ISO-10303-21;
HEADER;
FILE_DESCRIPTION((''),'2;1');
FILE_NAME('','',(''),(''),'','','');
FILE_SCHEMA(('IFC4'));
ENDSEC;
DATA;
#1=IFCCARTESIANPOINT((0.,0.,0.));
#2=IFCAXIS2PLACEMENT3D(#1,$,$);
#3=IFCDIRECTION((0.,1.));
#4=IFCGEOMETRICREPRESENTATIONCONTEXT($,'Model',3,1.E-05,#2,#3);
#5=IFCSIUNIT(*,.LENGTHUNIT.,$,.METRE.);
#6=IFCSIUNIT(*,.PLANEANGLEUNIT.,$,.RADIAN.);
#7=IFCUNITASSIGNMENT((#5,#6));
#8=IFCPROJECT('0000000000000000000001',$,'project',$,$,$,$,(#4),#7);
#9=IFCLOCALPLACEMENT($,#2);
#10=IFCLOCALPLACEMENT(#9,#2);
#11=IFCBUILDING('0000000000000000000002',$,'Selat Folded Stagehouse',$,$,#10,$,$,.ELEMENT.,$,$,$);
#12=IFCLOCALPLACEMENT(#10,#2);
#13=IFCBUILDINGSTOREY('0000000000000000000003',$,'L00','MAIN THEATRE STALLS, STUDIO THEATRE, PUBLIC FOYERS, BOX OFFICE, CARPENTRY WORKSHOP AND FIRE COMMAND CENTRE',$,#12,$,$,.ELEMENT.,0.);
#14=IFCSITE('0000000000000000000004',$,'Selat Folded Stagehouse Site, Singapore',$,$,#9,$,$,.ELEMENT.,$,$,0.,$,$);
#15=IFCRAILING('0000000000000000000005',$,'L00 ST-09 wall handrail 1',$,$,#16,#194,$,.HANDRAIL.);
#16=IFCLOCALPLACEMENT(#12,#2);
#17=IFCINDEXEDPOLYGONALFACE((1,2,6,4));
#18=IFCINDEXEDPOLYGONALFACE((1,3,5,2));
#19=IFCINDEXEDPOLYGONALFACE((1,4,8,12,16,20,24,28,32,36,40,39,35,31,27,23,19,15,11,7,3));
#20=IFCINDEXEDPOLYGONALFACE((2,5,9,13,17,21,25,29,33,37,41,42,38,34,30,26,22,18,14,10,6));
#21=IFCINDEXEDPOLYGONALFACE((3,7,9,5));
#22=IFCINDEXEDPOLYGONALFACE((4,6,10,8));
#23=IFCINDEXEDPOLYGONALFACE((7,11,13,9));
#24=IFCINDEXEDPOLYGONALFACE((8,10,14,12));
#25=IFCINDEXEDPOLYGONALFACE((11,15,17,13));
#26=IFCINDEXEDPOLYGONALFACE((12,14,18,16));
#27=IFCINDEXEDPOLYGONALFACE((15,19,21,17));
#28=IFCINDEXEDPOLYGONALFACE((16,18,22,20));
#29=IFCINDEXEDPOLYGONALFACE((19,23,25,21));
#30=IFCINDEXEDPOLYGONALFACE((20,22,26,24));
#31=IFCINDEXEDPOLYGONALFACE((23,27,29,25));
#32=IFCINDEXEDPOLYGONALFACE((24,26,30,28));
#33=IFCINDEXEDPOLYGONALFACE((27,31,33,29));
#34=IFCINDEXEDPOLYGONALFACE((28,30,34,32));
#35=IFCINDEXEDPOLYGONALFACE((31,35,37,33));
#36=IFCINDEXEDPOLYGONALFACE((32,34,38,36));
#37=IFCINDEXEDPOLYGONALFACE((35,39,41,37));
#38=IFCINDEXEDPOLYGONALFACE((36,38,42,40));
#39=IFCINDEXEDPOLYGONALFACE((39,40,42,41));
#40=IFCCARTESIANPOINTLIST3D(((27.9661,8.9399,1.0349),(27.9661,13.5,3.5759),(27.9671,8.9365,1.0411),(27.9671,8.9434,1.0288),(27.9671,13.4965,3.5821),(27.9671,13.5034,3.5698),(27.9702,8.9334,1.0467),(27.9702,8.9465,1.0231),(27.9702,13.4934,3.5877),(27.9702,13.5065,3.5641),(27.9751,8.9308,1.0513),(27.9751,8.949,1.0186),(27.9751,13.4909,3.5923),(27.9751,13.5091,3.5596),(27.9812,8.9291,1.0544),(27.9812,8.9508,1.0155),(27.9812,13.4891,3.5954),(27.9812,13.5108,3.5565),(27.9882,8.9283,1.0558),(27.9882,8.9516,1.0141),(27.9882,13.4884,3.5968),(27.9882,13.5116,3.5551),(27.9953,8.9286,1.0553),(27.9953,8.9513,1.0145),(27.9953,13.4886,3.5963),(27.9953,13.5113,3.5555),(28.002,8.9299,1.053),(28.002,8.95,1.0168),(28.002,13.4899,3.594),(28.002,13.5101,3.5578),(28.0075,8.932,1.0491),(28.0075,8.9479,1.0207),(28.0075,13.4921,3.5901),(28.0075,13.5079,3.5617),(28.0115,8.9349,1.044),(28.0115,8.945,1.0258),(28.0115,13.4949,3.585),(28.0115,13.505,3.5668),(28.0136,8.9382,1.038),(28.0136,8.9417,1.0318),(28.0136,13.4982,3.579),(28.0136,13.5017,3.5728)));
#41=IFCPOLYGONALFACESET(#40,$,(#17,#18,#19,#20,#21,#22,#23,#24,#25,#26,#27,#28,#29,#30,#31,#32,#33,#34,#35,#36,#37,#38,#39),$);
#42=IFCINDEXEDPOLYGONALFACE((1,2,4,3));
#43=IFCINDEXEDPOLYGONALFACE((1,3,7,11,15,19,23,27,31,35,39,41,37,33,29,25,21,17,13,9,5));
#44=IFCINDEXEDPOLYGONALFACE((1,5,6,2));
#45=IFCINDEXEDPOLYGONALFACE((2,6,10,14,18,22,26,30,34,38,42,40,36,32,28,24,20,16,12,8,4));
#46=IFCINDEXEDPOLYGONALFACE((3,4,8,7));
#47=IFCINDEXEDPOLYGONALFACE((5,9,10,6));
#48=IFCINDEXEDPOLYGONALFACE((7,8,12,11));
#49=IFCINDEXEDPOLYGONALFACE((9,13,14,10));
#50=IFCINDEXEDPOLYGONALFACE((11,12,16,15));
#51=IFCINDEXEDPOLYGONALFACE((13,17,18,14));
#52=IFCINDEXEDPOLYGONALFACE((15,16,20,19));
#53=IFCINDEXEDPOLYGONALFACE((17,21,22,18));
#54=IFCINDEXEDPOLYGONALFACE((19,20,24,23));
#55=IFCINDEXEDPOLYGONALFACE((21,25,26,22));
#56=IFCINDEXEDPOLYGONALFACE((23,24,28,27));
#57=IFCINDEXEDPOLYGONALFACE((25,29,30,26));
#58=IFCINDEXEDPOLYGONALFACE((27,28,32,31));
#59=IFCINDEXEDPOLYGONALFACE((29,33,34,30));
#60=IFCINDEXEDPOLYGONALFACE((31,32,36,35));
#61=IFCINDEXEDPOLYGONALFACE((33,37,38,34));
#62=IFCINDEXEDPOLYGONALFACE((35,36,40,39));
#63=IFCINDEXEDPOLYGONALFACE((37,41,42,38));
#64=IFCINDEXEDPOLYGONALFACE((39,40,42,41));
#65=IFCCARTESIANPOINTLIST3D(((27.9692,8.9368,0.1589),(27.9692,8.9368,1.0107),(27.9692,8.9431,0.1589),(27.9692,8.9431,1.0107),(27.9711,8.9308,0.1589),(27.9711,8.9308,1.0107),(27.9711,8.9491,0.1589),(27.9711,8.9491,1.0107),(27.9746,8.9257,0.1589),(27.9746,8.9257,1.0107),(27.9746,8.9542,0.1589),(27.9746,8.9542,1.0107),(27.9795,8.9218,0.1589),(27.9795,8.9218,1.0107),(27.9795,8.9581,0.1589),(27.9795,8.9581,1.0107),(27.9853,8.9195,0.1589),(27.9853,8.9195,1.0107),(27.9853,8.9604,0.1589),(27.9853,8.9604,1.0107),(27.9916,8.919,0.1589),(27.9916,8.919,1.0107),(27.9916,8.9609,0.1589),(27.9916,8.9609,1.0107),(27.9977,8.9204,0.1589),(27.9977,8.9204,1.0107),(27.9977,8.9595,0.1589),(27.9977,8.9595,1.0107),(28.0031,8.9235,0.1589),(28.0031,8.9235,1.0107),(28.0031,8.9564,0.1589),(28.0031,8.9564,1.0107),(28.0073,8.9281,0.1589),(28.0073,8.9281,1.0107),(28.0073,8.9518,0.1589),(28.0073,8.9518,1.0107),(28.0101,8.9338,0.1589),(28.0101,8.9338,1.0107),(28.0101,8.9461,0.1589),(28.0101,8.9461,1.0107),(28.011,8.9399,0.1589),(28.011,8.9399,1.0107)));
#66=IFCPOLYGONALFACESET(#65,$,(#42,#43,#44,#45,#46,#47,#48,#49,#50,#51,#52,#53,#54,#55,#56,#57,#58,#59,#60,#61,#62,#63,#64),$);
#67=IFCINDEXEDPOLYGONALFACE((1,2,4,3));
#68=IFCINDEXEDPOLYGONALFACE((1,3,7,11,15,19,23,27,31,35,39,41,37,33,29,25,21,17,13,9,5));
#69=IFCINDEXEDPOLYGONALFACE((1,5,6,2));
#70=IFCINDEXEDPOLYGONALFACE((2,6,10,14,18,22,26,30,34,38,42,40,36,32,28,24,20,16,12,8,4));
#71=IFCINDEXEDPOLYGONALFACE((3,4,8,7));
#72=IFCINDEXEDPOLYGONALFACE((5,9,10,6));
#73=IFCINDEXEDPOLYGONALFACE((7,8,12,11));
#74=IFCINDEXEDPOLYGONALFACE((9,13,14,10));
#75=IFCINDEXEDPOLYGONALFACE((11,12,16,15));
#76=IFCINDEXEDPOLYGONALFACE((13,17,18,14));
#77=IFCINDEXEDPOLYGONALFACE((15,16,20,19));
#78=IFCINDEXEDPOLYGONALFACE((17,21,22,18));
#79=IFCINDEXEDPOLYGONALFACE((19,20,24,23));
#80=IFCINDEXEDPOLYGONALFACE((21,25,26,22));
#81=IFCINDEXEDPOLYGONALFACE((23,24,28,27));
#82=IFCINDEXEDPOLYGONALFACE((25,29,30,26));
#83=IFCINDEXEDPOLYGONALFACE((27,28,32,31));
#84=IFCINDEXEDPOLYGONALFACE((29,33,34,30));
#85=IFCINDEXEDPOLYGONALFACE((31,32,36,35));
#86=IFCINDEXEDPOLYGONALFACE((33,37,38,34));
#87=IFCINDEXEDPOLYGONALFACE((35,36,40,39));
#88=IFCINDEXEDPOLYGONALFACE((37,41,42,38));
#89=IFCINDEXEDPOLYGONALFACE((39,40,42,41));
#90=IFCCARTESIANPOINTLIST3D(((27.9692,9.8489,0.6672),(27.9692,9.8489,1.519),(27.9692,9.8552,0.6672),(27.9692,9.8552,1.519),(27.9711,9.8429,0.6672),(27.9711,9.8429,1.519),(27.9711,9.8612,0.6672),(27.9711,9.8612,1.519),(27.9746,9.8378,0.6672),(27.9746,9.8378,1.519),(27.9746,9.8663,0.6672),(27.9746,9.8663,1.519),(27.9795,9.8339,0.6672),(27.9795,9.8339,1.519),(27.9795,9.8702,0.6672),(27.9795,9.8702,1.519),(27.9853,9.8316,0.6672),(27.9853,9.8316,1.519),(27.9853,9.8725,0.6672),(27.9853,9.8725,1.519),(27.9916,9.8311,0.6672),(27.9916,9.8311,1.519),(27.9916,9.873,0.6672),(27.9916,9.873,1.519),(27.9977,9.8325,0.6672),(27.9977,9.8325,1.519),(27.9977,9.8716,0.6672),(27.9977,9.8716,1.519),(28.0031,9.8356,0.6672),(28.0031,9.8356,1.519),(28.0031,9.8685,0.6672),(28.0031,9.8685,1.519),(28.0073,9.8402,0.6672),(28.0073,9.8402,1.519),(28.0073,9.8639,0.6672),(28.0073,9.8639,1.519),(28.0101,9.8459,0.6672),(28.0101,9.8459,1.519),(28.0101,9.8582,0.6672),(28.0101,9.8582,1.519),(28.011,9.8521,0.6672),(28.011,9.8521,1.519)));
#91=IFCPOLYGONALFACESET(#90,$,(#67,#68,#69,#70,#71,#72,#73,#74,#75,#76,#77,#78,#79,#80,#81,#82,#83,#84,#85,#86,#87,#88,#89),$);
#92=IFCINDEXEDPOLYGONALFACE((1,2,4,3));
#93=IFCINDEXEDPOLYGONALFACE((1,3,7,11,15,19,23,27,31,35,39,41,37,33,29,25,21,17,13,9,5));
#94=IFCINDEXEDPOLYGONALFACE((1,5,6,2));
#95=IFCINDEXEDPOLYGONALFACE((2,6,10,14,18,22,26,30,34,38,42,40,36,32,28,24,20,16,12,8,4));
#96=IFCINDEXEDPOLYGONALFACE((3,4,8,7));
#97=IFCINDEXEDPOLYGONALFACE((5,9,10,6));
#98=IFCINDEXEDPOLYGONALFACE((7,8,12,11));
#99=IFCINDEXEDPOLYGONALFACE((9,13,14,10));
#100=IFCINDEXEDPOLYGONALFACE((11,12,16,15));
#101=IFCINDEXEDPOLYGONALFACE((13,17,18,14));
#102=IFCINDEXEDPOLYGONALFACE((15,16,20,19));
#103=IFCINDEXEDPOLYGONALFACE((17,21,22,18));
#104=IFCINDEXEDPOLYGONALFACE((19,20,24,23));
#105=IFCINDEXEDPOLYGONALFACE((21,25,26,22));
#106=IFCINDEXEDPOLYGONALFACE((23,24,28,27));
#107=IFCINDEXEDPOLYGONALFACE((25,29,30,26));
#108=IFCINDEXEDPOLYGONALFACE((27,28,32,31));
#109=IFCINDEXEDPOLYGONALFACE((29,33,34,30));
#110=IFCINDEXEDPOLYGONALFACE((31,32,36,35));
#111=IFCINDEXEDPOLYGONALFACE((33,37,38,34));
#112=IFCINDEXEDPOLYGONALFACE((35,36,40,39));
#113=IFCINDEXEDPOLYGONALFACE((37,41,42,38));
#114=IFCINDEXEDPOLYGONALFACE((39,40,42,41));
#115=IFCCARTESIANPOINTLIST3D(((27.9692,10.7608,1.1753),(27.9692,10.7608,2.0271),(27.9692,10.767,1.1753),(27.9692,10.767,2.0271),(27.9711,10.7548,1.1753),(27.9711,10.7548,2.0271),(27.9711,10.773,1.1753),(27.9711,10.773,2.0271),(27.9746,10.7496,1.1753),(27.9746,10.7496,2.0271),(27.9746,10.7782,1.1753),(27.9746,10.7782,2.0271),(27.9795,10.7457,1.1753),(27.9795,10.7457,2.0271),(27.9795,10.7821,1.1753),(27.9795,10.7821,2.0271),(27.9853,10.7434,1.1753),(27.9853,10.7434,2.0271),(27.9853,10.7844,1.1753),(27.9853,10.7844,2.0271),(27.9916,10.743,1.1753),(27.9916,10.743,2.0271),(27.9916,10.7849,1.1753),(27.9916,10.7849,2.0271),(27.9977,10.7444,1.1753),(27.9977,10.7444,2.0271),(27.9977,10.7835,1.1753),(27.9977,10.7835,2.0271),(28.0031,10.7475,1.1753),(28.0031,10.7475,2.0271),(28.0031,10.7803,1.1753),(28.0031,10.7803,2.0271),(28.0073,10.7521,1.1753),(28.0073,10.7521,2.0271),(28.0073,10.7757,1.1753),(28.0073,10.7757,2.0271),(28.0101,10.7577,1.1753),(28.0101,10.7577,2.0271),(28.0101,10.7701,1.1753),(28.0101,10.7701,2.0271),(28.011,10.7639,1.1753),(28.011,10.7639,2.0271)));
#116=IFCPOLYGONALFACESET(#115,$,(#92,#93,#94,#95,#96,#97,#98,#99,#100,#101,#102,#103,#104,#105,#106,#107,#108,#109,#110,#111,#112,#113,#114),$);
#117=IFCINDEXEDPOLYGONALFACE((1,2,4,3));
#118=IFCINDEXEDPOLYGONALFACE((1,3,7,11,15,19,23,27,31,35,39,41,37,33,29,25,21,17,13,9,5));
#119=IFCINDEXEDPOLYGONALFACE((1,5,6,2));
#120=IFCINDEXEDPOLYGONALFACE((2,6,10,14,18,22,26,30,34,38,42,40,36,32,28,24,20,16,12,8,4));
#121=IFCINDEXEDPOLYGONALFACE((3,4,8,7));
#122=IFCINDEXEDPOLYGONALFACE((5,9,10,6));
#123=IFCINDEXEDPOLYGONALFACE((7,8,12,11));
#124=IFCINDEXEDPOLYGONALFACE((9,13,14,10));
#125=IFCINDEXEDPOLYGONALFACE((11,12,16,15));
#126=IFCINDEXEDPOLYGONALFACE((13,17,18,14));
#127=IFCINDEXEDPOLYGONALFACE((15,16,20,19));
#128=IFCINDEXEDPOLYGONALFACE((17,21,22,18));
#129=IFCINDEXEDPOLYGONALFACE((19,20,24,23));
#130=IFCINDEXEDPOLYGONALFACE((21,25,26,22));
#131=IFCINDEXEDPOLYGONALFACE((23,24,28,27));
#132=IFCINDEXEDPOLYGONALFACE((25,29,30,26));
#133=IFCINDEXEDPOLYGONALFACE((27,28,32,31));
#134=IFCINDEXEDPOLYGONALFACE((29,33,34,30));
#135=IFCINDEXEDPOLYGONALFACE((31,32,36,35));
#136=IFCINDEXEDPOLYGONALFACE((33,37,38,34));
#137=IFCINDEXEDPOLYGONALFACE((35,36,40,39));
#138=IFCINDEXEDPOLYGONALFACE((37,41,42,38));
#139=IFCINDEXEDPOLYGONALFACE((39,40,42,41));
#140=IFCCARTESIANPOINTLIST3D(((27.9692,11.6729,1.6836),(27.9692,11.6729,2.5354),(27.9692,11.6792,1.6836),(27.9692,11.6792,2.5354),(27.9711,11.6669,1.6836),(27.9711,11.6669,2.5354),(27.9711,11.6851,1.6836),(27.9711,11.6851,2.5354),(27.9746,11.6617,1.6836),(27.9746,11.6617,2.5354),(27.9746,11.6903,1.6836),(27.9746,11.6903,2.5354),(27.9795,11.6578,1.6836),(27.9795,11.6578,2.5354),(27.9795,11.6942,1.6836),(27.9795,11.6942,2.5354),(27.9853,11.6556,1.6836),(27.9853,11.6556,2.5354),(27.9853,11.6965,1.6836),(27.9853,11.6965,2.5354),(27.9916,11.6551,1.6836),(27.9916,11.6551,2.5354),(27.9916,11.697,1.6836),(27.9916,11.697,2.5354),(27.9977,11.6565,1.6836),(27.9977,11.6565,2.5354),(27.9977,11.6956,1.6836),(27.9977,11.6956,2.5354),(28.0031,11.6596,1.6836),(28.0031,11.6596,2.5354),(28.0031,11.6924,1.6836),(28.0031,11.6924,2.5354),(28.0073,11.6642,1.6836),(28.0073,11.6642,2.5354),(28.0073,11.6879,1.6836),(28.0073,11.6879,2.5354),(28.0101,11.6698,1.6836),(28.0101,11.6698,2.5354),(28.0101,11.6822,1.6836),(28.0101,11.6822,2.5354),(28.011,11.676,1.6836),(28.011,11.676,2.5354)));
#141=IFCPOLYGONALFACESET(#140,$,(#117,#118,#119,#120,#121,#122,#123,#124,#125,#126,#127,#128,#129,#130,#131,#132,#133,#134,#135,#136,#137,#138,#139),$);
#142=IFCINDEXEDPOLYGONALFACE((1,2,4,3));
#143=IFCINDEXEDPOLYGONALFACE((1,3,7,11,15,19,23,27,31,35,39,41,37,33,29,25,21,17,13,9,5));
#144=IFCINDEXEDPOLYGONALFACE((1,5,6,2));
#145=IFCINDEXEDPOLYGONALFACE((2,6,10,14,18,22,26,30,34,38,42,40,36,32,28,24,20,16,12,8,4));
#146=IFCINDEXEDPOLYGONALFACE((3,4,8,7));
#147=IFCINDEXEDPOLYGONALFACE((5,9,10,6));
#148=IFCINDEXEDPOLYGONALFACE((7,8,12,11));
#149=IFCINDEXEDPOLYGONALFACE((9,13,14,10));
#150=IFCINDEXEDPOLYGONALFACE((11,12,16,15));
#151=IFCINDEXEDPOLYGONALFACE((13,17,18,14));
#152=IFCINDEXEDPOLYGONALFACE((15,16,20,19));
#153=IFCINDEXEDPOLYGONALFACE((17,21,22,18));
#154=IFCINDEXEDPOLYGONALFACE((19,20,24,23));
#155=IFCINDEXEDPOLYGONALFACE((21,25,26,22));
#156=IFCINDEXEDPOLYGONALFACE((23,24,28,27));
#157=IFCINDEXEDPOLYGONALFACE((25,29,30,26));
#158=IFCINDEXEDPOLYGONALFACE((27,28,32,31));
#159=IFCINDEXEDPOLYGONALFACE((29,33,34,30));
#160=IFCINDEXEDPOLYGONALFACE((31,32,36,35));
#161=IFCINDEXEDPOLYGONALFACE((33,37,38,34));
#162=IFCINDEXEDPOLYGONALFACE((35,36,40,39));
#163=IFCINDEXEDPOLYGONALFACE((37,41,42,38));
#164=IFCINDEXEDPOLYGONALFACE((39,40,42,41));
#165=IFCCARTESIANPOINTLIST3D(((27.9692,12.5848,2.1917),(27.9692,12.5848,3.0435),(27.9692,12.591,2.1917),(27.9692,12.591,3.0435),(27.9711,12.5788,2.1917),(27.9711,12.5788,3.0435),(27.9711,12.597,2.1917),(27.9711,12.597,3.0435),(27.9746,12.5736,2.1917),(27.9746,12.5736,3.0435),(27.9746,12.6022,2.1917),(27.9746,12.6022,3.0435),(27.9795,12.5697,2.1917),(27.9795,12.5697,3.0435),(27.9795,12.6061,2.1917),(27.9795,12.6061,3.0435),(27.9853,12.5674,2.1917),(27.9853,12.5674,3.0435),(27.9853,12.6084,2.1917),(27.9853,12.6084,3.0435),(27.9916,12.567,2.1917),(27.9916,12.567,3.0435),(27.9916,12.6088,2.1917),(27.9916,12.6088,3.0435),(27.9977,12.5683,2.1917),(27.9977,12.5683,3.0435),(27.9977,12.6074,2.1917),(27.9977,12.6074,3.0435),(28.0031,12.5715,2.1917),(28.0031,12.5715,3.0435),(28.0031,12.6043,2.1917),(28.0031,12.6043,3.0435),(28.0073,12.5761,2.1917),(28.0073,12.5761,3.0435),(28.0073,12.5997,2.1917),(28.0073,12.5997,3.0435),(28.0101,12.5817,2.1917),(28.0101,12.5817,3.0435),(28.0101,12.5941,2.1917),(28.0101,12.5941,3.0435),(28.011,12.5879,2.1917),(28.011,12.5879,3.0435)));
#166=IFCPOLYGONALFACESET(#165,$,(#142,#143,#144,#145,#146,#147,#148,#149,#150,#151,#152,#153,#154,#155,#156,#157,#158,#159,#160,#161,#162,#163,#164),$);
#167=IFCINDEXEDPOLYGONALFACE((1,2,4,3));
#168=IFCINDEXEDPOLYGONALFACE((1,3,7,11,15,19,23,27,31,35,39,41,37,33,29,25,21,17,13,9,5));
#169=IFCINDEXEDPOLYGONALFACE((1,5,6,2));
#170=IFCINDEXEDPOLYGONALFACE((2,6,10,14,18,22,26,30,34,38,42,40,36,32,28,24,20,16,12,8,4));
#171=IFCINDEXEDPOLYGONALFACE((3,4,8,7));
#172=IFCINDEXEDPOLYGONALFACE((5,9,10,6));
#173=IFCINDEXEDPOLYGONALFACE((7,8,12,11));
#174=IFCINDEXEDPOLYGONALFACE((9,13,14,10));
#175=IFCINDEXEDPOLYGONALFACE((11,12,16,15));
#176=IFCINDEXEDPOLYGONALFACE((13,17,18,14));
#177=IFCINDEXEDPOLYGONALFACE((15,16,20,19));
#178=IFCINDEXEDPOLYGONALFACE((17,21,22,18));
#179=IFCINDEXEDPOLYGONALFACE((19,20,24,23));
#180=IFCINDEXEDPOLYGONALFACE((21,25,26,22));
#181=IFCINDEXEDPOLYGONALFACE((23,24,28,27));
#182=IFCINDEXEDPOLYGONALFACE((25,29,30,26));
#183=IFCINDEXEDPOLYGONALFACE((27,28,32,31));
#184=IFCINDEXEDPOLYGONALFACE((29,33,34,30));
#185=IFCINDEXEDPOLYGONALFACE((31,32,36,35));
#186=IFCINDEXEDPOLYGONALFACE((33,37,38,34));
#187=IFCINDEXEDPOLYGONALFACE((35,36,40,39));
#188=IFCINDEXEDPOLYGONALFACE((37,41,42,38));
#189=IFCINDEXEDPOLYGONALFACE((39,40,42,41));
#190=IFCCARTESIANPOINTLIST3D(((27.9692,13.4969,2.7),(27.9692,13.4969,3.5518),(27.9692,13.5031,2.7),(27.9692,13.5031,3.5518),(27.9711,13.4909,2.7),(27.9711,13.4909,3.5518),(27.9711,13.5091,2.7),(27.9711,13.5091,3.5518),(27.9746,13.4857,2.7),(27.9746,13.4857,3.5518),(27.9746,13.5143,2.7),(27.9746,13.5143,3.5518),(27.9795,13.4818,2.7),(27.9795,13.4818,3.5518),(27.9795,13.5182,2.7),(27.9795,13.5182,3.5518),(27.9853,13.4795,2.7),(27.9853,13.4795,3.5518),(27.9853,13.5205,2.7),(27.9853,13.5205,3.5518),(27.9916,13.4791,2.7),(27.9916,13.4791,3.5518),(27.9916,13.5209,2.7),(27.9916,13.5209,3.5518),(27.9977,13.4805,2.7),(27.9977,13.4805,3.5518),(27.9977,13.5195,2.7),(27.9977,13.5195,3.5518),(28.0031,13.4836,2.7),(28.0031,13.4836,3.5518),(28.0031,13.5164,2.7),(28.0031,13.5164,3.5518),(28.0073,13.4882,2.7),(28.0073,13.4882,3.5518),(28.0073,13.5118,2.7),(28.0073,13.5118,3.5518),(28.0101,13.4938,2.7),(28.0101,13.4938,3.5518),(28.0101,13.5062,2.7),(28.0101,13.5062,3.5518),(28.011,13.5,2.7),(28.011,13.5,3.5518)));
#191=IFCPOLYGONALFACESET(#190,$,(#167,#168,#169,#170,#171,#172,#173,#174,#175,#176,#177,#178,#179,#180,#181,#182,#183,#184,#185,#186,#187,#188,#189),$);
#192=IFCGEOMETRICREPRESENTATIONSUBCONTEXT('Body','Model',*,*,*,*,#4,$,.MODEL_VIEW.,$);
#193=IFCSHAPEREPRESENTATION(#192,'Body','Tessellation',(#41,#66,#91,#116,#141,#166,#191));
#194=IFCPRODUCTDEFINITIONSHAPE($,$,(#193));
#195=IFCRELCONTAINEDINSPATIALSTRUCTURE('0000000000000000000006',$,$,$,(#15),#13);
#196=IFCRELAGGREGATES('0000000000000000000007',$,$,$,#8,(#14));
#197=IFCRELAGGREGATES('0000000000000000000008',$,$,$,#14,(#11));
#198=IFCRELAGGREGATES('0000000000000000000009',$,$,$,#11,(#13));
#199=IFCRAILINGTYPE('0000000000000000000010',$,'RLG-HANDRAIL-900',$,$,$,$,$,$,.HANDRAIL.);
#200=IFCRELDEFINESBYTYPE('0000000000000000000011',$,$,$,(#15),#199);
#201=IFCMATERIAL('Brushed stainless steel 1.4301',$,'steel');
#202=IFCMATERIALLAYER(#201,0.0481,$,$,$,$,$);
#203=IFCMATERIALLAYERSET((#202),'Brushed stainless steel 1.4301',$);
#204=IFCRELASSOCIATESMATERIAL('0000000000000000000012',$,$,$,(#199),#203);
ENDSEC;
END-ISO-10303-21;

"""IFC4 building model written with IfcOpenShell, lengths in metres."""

from ifc_helpers import new_model, si_unit, direction, frame, origin, origin_2d, place, context, subcontext, project, spatial, circle, extrude, material, layer, layer_set, type_object, element, save


model = new_model("IFC4")

# Units and contexts
model_context = context("Model", 3, precision=1e-05, world=origin(), true_north=direction((0.0, 1.0)))
body_context = subcontext(model_context, "Body", "Model", "MODEL_VIEW")
ifc_project = project(units=[si_unit("LENGTHUNIT", "METRE"), si_unit("PLANEANGLEUNIT", "RADIAN")], contexts=[model_context])

# Site, building, storey
site_placement = place(None, origin())
site = spatial("IfcSite", under=ifc_project, at=site_placement, Name="Selat Folded Stagehouse Site, Singapore", CompositionType="ELEMENT", RefElevation=0.0)
building_placement = place(site_placement, origin())
building = spatial("IfcBuilding", under=site, at=building_placement, Name="Selat Folded Stagehouse", CompositionType="ELEMENT")
storey_placement = place(building_placement, origin())
storey = spatial("IfcBuildingStorey", under=building, at=storey_placement, Name="L00", Description="MAIN THEATRE STALLS, STUDIO THEATRE, PUBLIC FOYERS, BOX OFFICE, CARPENTRY WORKSHOP AND FIRE COMMAND CENTRE", CompositionType="ELEMENT", Elevation=0.0)

# Railing
ifc_material_1 = material(Name="Brushed stainless steel 1.4301", Category="steel")
ifc_layer_1 = layer(ifc_material_1, 0.0481)
ifc_layer_set_1 = layer_set([ifc_layer_1], Name="Brushed stainless steel 1.4301")
railing_type_1 = type_object("IfcRailingType", Name="RLG-HANDRAIL-900", PredefinedType="HANDRAIL", material=ifc_layer_set_1)
railing_1_placement = place(storey_placement, frame((27.99, 8.9399, 0.1589)))
element("IfcRailing", 1, at=railing_1_placement, inside=storey, type_object=railing_type_1, Name="L00 ST-09 wall handrail 1", PredefinedType="HANDRAIL", context=body_context, shape_type="SweptSolid", body=[
    extrude(circle(Radius=0.0239, at=origin_2d()), frame((0.0, 0.0, 0.876), z_axis=(0.0, 0.873534, 0.486762), x_axis=(-1.0, 0.0, 0.0)), (0.0, 0.0, 1.0), 5.2202),
    extrude(circle(Radius=0.021, at=origin_2d()), origin(), (0.0, 0.0, 1.0), 0.8518),
    extrude(circle(Radius=0.021, at=origin_2d()), frame((0.0, 0.9121, 0.5083)), (0.0, 0.0, 1.0), 0.8518),
    extrude(circle(Radius=0.021, at=origin_2d()), frame((0.0, 1.824, 1.0164)), (0.0, 0.0, 1.0), 0.8518),
    extrude(circle(Radius=0.021, at=origin_2d()), frame((0.0, 2.7361, 1.5247)), (0.0, 0.0, 1.0), 0.8518),
    extrude(circle(Radius=0.021, at=origin_2d()), frame((0.0, 3.6479, 2.0327)), (0.0, 0.0, 1.0), 0.8518),
    extrude(circle(Radius=0.021, at=origin_2d()), frame((0.0, 4.5601, 2.541)), (0.0, 0.0, 1.0), 0.8518),
])

save(model, "model.ifc")
